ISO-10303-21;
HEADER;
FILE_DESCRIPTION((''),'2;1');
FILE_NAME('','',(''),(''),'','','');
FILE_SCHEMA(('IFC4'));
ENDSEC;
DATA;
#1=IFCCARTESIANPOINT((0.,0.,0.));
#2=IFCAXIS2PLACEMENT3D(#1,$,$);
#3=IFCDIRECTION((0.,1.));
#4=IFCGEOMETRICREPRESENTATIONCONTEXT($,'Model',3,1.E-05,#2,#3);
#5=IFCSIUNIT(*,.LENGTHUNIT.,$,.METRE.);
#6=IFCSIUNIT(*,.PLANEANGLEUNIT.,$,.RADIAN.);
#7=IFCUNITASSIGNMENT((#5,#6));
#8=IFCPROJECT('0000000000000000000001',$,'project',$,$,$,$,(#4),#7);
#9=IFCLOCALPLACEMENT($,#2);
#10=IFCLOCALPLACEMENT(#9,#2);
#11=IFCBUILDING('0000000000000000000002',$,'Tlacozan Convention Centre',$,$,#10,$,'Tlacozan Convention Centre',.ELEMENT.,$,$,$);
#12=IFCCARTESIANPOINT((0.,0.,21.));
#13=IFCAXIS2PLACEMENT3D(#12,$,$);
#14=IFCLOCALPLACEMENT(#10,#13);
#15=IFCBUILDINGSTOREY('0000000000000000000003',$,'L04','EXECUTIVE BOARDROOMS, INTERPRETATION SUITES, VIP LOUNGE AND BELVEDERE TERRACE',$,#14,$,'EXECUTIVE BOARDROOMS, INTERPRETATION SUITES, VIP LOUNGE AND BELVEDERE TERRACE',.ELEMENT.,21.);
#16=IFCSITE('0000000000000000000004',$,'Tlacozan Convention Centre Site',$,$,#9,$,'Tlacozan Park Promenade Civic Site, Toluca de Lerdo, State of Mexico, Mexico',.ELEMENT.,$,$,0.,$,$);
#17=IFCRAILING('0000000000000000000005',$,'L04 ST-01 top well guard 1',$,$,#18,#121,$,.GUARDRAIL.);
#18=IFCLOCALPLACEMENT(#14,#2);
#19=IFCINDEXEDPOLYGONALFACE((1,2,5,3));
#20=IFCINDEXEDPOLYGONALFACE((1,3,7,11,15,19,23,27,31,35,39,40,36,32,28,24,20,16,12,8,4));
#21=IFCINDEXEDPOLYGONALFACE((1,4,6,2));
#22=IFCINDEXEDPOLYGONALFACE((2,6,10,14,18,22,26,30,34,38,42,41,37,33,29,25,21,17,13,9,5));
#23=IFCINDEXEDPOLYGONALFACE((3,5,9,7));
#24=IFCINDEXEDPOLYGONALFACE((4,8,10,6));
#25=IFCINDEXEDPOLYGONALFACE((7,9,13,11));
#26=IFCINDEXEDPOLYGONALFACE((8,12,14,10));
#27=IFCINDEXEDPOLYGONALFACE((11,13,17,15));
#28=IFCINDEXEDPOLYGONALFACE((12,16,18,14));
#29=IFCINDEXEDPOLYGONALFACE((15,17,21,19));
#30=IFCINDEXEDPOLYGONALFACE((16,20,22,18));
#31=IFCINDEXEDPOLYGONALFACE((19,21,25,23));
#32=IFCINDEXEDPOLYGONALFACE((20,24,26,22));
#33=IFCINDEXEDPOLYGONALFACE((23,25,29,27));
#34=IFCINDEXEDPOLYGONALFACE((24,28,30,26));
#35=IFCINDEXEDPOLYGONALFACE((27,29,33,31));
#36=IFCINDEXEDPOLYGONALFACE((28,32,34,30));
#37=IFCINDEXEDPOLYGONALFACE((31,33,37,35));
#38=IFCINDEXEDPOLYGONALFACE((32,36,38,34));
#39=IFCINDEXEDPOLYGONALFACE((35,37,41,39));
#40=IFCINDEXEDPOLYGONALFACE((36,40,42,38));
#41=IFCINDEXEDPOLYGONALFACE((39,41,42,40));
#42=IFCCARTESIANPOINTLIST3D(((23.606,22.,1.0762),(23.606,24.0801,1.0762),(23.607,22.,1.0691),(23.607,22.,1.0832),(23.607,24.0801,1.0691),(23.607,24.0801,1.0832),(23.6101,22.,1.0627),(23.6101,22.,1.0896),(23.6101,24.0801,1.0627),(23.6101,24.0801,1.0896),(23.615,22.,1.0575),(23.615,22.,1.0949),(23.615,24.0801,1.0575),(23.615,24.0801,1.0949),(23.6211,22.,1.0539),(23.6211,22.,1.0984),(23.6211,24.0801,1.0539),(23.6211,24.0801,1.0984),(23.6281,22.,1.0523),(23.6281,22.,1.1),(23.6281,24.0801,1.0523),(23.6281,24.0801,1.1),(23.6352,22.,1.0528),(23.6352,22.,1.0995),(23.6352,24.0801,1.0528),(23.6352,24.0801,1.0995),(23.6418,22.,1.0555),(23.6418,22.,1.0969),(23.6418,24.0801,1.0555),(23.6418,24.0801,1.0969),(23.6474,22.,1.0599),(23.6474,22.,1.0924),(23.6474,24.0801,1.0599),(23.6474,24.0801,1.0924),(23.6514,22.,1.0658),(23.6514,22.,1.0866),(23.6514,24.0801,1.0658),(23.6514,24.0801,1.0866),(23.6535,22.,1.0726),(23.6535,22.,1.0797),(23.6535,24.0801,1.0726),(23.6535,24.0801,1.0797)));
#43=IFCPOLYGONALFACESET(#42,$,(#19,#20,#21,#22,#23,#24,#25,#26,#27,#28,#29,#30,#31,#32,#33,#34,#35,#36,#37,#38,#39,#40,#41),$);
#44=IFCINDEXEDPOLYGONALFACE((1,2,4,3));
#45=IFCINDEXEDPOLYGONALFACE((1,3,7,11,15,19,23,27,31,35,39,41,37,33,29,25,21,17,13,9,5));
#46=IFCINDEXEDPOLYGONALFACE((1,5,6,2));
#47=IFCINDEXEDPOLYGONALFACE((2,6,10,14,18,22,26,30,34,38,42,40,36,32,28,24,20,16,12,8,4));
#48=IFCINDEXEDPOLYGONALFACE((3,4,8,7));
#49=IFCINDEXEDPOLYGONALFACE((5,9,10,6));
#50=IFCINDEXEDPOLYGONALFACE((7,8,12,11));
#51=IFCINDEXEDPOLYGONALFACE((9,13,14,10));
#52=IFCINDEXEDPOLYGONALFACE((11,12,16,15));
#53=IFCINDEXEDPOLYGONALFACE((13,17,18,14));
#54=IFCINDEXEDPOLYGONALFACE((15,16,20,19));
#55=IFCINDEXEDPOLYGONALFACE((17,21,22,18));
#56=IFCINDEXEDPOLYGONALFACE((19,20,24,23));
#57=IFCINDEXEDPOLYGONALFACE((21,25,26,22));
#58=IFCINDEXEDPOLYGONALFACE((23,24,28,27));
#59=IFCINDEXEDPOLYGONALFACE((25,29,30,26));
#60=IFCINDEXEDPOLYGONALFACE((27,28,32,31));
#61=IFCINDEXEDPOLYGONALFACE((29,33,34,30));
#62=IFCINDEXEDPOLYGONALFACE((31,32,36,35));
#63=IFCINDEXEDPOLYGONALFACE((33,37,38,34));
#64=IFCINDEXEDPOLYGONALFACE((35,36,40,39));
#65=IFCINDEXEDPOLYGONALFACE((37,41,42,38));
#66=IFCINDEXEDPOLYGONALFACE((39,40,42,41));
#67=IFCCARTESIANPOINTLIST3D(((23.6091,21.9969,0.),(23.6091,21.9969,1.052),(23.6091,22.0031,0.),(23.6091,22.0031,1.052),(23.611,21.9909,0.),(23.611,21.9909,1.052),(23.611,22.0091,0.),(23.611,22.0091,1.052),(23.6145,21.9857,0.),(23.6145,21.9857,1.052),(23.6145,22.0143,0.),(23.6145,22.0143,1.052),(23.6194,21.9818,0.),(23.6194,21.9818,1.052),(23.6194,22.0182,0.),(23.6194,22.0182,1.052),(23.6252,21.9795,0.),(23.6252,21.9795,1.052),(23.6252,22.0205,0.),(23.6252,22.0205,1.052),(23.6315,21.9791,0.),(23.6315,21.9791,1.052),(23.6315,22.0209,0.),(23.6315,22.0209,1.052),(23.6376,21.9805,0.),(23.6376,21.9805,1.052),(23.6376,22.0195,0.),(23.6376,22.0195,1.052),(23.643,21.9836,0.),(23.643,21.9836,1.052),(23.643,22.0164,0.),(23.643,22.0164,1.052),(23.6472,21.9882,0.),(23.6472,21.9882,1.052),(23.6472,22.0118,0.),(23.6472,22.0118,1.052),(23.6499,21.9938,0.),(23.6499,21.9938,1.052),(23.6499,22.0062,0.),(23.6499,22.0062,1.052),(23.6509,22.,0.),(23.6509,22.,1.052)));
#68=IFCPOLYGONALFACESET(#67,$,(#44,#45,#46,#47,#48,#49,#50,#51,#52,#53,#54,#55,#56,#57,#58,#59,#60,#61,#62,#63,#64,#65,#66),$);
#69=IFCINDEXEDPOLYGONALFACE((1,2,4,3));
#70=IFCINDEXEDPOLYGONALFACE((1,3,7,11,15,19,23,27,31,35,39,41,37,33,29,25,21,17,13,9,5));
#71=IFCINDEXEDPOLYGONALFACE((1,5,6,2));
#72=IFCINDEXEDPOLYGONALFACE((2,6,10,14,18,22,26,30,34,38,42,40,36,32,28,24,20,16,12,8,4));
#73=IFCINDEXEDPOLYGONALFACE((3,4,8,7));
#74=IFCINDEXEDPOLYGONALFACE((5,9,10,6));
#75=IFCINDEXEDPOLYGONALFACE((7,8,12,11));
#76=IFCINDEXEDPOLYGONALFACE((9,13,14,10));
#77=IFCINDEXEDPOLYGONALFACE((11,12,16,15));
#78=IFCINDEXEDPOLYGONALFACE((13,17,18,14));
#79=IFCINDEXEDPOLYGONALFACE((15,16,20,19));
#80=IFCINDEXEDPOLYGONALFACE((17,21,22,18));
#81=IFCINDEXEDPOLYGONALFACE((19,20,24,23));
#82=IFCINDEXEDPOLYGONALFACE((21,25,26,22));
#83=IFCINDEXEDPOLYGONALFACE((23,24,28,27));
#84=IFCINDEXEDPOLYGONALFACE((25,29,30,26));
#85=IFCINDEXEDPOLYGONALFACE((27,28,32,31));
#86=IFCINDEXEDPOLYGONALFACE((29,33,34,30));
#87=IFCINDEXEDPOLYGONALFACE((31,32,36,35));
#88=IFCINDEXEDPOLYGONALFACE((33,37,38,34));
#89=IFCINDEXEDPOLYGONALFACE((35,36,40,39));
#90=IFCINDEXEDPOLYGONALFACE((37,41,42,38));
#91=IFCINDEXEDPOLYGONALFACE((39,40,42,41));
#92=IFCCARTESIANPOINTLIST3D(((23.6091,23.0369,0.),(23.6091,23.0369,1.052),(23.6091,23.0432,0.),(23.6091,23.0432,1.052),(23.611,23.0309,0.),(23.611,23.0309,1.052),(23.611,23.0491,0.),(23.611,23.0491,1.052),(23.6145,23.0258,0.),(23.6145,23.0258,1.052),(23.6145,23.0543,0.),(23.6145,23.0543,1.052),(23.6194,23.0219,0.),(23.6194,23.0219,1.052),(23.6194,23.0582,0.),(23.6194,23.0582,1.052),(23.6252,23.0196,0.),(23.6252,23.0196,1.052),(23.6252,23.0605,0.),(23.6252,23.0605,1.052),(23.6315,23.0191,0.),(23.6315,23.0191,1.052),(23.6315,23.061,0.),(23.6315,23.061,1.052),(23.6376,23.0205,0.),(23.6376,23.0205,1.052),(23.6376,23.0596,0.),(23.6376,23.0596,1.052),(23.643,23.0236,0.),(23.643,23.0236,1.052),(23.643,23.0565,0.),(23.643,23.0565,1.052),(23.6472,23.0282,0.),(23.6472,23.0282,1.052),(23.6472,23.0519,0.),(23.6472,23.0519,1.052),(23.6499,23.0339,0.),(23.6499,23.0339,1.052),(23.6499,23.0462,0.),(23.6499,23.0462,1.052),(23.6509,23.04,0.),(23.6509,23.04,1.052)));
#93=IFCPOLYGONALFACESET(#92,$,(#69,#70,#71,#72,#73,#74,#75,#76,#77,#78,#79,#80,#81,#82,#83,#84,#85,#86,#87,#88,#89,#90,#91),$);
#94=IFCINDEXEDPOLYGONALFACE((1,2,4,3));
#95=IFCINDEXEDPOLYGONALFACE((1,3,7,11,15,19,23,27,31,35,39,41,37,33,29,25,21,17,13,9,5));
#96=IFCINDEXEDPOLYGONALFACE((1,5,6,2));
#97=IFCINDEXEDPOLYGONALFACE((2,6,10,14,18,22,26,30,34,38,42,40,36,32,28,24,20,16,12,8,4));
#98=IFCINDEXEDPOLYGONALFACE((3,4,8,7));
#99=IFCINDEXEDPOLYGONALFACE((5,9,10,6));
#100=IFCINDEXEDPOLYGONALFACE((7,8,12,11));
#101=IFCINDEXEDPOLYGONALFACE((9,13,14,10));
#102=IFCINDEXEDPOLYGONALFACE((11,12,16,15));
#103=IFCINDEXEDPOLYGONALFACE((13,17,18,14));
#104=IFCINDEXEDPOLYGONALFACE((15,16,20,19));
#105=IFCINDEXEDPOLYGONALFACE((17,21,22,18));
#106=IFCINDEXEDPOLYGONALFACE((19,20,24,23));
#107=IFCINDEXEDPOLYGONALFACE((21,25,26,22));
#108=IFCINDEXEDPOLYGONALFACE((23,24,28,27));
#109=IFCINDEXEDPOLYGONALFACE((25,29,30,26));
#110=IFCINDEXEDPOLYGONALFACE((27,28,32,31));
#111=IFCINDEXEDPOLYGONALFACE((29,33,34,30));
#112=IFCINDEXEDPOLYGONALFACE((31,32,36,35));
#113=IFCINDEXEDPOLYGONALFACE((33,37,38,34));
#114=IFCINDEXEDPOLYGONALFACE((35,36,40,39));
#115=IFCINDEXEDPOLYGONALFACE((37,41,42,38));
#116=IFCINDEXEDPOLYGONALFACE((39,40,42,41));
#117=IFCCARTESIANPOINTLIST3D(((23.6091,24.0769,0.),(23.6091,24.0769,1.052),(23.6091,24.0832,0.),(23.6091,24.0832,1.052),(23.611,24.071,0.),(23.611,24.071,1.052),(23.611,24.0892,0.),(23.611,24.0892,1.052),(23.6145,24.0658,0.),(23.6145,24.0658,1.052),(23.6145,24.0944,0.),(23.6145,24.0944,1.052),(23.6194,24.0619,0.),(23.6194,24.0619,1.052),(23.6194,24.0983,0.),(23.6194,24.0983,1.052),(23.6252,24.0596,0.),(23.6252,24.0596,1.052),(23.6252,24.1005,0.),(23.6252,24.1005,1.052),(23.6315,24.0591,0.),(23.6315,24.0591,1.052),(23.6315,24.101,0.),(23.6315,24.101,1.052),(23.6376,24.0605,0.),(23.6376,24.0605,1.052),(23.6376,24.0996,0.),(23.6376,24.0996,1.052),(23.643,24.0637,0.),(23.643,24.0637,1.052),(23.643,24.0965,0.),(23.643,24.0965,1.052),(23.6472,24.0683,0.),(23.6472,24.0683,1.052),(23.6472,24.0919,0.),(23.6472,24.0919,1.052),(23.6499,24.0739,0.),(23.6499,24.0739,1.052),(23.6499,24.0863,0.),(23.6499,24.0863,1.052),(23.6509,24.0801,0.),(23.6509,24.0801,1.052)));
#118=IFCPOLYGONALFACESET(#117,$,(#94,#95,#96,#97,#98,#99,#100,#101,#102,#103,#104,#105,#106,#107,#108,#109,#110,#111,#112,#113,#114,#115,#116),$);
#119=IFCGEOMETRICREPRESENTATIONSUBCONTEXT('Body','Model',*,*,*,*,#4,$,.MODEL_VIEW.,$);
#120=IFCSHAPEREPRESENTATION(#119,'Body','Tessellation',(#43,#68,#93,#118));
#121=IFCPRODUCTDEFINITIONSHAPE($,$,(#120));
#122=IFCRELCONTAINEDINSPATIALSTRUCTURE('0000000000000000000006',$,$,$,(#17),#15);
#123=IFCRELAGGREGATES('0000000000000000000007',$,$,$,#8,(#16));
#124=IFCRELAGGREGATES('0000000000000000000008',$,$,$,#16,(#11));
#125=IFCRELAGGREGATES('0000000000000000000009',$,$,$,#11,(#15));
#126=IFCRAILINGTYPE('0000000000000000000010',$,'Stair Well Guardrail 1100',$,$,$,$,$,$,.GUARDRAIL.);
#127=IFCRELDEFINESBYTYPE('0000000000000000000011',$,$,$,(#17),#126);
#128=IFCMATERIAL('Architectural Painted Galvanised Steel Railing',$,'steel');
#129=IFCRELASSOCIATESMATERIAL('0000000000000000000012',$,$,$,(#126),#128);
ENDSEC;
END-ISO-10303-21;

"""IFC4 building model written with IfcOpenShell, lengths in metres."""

from ifc_helpers import new_model, si_unit, direction, frame, origin, origin_2d, place, context, subcontext, project, spatial, circle, extrude, material, type_object, element, save


model = new_model("IFC4")

# Units and contexts
model_context = context("Model", 3, precision=1e-05, world=origin(), true_north=direction((0.0, 1.0)))
body_context = subcontext(model_context, "Body", "Model", "MODEL_VIEW")
ifc_project = project(units=[si_unit("LENGTHUNIT", "METRE"), si_unit("PLANEANGLEUNIT", "RADIAN")], contexts=[model_context])

# Site, building, storey
site_placement = place(None, origin())
site = spatial("IfcSite", under=ifc_project, at=site_placement, Name="Tlacozan Convention Centre Site", LongName="Tlacozan Park Promenade Civic Site, Toluca de Lerdo, State of Mexico, Mexico", CompositionType="ELEMENT", RefElevation=0.0)
building_placement = place(site_placement, origin())
building = spatial("IfcBuilding", under=site, at=building_placement, Name="Tlacozan Convention Centre", LongName="Tlacozan Convention Centre", CompositionType="ELEMENT")
storey_placement = place(building_placement, frame((0.0, 0.0, 21.0)))
storey = spatial("IfcBuildingStorey", under=building, at=storey_placement, Name="L04", Description="EXECUTIVE BOARDROOMS, INTERPRETATION SUITES, VIP LOUNGE AND BELVEDERE TERRACE", LongName="EXECUTIVE BOARDROOMS, INTERPRETATION SUITES, VIP LOUNGE AND BELVEDERE TERRACE", CompositionType="ELEMENT", Elevation=21.0)

# Railing
ifc_material_1 = material(Name="Architectural Painted Galvanised Steel Railing", Category="steel")
railing_type = type_object("IfcRailingType", Name="Stair Well Guardrail 1100", PredefinedType="GUARDRAIL", material=ifc_material_1)
railing_placement = place(storey_placement, frame((23.6299, 22.0, 0.0)))
element("IfcRailing", 1, at=railing_placement, inside=storey, type_object=railing_type, Name="L04 ST-01 top well guard 1", PredefinedType="GUARDRAIL", context=body_context, shape_type="SweptSolid", body=[
    extrude(circle(Radius=0.0239, at=origin_2d()), frame((0.0, 0.0, 1.0762), z_axis=(0.0, 1.0, 0.0), x_axis=(-1.0, 0.0, 0.0)), (0.0, 0.0, 1.0), 2.0801),
    extrude(circle(Radius=0.021, at=origin_2d()), origin(), (0.0, 0.0, 1.0), 1.052),
    extrude(circle(Radius=0.021, at=origin_2d()), frame((0.0, 1.04, 0.0)), (0.0, 0.0, 1.0), 1.052),
    extrude(circle(Radius=0.021, at=origin_2d()), frame((0.0, 2.0801, 0.0)), (0.0, 0.0, 1.0), 1.052),
])

save(model, "model.ifc")
